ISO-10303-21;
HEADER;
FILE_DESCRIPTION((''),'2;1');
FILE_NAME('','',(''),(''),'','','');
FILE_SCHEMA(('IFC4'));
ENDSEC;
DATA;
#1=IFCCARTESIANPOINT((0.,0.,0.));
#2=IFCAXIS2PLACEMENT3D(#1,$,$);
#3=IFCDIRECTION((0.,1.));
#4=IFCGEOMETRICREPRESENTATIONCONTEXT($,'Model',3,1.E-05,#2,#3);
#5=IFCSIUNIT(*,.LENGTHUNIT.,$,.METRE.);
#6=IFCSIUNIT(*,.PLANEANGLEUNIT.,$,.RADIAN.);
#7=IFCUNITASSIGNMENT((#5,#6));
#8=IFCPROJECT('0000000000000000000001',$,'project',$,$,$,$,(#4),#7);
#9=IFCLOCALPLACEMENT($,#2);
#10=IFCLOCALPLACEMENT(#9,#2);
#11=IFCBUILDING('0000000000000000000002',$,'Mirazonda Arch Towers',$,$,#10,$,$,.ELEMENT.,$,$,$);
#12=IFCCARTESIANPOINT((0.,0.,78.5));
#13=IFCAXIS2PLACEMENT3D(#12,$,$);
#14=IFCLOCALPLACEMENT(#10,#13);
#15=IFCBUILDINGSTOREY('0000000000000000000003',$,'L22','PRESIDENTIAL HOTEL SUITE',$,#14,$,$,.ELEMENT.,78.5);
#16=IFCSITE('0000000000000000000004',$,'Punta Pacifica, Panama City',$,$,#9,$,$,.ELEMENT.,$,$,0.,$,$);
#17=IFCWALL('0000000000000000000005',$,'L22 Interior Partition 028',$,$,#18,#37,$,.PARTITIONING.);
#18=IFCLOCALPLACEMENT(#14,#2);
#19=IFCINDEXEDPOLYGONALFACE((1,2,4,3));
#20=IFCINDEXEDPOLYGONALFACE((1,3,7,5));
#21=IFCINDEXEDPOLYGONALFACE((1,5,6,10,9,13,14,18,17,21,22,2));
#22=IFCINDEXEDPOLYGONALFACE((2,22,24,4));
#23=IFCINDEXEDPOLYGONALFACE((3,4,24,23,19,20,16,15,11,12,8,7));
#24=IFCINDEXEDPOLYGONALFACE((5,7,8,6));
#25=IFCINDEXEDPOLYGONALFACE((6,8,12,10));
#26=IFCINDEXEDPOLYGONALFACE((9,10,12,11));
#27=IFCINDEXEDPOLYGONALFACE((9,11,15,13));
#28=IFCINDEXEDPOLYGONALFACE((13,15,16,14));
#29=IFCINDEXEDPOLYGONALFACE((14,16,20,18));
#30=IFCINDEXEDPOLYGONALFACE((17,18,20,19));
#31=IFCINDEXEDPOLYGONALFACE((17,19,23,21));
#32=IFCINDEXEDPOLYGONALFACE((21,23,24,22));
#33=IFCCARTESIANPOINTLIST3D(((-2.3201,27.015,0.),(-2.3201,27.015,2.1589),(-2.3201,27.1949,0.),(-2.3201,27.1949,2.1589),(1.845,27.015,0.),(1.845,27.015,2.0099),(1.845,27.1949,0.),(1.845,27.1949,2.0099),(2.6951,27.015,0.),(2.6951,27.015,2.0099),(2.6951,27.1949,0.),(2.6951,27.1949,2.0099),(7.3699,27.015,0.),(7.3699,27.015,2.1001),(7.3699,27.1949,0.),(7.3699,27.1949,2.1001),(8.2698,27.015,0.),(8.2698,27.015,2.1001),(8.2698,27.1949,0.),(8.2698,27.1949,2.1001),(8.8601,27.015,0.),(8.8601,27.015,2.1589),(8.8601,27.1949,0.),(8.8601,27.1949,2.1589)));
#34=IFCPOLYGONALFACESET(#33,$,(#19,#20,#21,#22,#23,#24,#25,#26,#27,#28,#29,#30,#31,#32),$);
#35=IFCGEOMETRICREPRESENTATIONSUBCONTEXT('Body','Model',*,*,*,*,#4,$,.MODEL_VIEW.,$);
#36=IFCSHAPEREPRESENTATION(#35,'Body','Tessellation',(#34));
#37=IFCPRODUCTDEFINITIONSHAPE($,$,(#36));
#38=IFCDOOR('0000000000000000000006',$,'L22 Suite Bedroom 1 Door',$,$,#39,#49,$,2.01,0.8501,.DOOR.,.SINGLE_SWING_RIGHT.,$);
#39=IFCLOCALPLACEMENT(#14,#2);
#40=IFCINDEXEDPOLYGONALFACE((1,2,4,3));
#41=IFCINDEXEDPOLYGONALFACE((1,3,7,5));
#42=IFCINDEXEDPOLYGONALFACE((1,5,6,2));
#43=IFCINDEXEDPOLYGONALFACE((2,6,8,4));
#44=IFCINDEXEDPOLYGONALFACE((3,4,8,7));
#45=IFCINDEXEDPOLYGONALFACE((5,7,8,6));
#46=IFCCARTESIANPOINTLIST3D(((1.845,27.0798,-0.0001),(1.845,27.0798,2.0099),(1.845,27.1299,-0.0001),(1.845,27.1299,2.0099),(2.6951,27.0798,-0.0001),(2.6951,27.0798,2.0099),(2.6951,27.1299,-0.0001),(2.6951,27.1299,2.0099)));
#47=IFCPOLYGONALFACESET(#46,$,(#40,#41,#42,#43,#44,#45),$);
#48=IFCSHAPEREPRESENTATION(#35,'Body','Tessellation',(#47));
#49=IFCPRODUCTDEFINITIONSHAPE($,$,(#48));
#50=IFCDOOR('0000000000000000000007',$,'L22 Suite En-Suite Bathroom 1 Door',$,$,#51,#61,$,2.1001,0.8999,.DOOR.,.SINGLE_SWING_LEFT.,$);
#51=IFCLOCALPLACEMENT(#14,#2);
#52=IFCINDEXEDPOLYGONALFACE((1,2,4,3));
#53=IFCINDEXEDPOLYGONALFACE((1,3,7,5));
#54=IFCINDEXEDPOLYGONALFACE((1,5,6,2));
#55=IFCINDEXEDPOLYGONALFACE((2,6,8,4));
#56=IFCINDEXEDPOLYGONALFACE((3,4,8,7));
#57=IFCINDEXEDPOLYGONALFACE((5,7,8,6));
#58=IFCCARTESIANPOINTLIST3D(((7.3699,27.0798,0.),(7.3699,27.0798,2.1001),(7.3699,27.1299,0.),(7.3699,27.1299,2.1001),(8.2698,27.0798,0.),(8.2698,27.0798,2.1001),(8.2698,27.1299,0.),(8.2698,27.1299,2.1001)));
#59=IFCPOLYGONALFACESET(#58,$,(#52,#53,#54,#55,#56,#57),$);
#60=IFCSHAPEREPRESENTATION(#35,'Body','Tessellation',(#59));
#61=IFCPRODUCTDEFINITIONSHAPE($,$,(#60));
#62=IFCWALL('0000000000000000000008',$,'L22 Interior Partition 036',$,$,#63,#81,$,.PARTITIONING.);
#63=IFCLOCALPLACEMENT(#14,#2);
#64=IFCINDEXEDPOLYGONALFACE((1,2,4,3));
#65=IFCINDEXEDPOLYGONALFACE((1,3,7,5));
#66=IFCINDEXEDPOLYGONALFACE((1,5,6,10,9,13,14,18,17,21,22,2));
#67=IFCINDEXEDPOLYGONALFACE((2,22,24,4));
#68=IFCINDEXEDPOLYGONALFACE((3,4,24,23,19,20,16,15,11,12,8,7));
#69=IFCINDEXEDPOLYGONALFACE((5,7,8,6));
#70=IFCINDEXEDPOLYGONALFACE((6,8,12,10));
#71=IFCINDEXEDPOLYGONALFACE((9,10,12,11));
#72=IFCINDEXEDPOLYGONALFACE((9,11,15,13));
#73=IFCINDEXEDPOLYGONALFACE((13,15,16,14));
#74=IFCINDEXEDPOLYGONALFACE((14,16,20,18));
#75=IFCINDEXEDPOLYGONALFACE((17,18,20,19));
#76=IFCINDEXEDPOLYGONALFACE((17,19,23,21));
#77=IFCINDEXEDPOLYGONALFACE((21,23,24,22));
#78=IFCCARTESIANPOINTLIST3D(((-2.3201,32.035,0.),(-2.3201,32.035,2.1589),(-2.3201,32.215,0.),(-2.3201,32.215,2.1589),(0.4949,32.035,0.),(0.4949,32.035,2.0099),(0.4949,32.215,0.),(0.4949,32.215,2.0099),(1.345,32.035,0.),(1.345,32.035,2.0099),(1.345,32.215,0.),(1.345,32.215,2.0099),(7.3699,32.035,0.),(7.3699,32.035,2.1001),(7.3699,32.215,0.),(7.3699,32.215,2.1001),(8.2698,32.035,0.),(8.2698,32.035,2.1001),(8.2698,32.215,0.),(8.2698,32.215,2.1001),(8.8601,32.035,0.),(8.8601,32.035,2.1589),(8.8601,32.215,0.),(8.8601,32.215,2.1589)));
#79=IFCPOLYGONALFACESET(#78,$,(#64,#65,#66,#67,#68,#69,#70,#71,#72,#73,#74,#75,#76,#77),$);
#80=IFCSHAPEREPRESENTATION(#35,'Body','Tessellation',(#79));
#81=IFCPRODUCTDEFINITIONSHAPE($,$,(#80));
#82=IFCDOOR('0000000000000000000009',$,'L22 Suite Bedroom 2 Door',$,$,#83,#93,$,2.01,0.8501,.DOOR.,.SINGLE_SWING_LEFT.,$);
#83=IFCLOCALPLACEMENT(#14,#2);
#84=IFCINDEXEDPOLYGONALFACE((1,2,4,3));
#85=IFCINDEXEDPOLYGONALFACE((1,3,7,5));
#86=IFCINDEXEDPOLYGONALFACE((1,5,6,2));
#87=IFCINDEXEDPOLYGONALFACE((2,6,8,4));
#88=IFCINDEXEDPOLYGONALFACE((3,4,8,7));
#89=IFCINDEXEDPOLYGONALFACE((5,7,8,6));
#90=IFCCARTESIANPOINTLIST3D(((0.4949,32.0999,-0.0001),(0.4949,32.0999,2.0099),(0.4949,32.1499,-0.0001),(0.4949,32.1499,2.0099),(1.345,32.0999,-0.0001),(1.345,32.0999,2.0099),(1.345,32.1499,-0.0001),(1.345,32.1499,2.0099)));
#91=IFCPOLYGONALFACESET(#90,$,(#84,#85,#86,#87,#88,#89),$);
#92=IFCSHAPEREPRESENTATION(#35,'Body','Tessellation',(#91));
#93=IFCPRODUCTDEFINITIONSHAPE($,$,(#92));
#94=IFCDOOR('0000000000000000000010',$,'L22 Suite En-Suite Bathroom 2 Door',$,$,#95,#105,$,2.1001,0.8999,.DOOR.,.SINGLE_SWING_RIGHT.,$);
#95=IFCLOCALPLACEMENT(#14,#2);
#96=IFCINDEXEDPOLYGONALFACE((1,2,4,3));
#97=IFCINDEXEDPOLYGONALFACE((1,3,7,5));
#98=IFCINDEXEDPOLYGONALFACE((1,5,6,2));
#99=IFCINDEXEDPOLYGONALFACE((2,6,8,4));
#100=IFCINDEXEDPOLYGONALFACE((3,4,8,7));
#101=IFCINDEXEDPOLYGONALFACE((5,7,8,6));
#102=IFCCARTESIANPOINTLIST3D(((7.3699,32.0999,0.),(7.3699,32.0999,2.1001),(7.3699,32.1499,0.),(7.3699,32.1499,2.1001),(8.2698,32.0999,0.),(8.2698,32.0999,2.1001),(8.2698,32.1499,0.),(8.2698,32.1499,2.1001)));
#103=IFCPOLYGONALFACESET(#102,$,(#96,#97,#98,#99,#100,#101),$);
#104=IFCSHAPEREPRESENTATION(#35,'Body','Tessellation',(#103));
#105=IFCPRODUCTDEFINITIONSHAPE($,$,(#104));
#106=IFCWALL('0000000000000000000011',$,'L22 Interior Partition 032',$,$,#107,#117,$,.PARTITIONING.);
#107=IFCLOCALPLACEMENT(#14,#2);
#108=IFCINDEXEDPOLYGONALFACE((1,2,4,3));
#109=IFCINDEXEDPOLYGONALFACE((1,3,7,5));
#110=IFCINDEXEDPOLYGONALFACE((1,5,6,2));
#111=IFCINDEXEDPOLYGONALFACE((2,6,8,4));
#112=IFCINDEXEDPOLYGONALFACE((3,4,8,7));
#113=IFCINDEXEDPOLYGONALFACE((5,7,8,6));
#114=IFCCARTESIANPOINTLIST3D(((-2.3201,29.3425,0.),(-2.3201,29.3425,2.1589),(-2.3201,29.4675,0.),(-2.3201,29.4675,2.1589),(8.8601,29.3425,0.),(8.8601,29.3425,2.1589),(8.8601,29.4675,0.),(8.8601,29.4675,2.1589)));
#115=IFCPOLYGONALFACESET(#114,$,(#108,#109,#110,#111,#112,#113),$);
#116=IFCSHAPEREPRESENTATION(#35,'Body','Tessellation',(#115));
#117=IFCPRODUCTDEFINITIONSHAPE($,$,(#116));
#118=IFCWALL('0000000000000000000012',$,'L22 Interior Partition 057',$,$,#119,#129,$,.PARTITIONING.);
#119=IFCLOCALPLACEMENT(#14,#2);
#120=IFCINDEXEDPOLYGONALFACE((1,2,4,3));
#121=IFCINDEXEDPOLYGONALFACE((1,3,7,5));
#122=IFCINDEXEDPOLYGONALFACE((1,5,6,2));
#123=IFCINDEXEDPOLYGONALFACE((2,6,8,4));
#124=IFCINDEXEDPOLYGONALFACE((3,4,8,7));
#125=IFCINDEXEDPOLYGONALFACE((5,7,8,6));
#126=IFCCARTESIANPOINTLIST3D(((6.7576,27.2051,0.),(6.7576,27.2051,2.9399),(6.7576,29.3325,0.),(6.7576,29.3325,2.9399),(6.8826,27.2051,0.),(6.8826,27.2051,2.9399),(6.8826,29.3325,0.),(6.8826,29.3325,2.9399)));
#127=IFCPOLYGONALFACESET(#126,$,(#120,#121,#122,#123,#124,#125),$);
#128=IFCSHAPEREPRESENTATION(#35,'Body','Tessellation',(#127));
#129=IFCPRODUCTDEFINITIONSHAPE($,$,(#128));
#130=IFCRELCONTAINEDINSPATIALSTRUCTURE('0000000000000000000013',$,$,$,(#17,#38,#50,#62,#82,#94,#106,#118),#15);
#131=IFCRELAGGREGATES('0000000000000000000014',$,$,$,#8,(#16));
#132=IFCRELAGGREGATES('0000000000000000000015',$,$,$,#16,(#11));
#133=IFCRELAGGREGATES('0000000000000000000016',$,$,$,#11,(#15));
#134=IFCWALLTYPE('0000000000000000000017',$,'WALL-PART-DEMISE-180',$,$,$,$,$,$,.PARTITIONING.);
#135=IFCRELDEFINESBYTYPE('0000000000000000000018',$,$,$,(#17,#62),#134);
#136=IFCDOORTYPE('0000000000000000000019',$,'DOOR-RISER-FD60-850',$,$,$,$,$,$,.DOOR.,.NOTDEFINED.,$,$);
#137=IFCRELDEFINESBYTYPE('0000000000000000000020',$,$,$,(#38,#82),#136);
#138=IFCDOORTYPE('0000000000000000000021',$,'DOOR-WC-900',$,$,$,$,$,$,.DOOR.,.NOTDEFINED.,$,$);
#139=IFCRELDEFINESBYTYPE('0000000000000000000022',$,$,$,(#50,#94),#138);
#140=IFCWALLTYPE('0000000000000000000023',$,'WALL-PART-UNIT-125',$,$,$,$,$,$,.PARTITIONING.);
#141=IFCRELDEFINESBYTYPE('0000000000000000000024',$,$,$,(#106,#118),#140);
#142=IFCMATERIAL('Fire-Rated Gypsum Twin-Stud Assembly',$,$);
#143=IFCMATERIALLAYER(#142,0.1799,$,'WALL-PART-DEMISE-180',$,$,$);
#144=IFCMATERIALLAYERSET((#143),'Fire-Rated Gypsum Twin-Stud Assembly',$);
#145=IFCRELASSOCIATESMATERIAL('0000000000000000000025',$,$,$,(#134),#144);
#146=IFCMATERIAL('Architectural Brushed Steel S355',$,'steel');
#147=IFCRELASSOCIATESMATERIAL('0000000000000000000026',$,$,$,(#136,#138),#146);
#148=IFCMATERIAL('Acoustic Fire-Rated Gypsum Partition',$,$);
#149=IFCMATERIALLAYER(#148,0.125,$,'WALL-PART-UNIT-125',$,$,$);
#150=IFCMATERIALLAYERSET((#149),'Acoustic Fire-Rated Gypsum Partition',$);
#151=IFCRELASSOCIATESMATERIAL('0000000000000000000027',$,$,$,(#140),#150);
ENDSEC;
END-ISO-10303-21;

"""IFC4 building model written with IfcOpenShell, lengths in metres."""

from ifc_helpers import new_model, si_unit, direction, frame, frame_2d, origin, place, context, subcontext, project, spatial, rectangle, extrude, material, layer, layer_set, type_object, element, fill, save


model = new_model("IFC4")

# Units and contexts
model_context = context("Model", 3, precision=1e-05, world=origin(), true_north=direction((0.0, 1.0)))
body_context = subcontext(model_context, "Body", "Model", "MODEL_VIEW")
ifc_project = project(units=[si_unit("LENGTHUNIT", "METRE"), si_unit("PLANEANGLEUNIT", "RADIAN")], contexts=[model_context])

# Site, building, storey
site_placement = place(None, origin())
site = spatial("IfcSite", under=ifc_project, at=site_placement, Name="Punta Pacifica, Panama City", CompositionType="ELEMENT", RefElevation=0.0)
building_placement = place(site_placement, origin())
building = spatial("IfcBuilding", under=site, at=building_placement, Name="Mirazonda Arch Towers", CompositionType="ELEMENT")
storey_placement = place(building_placement, frame((0.0, 0.0, 78.5)))
storey = spatial("IfcBuildingStorey", under=building, at=storey_placement, Name="L22", Description="PRESIDENTIAL HOTEL SUITE", CompositionType="ELEMENT", Elevation=78.5)

# Walls, openings, doors
ifc_material_1 = material(Name="Fire-Rated Gypsum Twin-Stud Assembly")
ifc_layer_1 = layer(ifc_material_1, 0.1799, Name="WALL-PART-DEMISE-180")
ifc_layer_set_1 = layer_set([ifc_layer_1], Name="Fire-Rated Gypsum Twin-Stud Assembly")
wall_type_1 = type_object("IfcWallType", Name="WALL-PART-DEMISE-180", PredefinedType="PARTITIONING", material=ifc_layer_set_1)
wall_1_placement = place(storey_placement, frame((-2.3201, 27.105, 0.0), z_axis=(0.0, 0.0, 1.0), x_axis=(1.0, 0.0, 0.0)))
wall_1 = element("IfcWall", 1, at=wall_1_placement, inside=storey, type_object=wall_type_1, Name="L22 Interior Partition 028", PredefinedType="PARTITIONING", context=body_context, shape_type="SweptSolid", body=[
    extrude(rectangle(XDim=11.1802, YDim=0.1799, at=frame_2d((5.5901, 0.0))), origin(), (0.0, 0.0, 1.0), 2.1589),
])
opening_1_placement = place(wall_1_placement, frame((4.165, 0.0, 0.0)))
opening_1 = element("IfcOpeningElement", 2, at=opening_1_placement, cuts=wall_1, PredefinedType="OPENING", context=body_context, shape_type="SweptSolid", body=[
    extrude(rectangle(XDim=0.8501, YDim=2.01, at=frame_2d((0.425, 1.0049))), frame((0.0, 0.0999, 0.0), z_axis=(0.0, -1.0, 0.0), x_axis=(1.0, 0.0, 0.0)), (0.0, 0.0, 1.0), 0.2),
])
opening_2_placement = place(wall_1_placement, frame((9.6899, 0.0, 0.0)))
opening_2 = element("IfcOpeningElement", 3, at=opening_2_placement, cuts=wall_1, PredefinedType="OPENING", context=body_context, shape_type="SweptSolid", body=[
    extrude(rectangle(XDim=0.8999, YDim=2.1001, at=frame_2d((0.45, 1.05))), frame((0.0, 0.0999, 0.0), z_axis=(0.0, -1.0, 0.0), x_axis=(1.0, 0.0, 0.0)), (0.0, 0.0, 1.0), 0.2),
])
ifc_material_2 = material(Name="Architectural Brushed Steel S355", Category="steel")
door_type_1 = type_object("IfcDoorType", Name="DOOR-RISER-FD60-850", OperationType="NOTDEFINED", PredefinedType="DOOR", material=ifc_material_2)
door_1_placement = place(opening_1_placement, origin())
door_1 = element("IfcDoor", 4, at=door_1_placement, inside=storey, type_object=door_type_1, Name="L22 Suite Bedroom 1 Door", OperationType="SINGLE_SWING_RIGHT", OverallHeight=2.01, OverallWidth=0.8501, PredefinedType="DOOR", context=body_context, shape_type="SweptSolid", body=[
    extrude(rectangle(XDim=0.8501, YDim=2.01, at=frame_2d((0.425, 1.0049))), frame((0.0, 0.0249, 0.0), z_axis=(0.0, -1.0, 0.0), x_axis=(1.0, 0.0, 0.0)), (0.0, 0.0, 1.0), 0.05),
])
fill(opening_1, door_1)
door_type_2 = type_object("IfcDoorType", Name="DOOR-WC-900", OperationType="NOTDEFINED", PredefinedType="DOOR", material=ifc_material_2)
door_2_placement = place(opening_2_placement, origin())
door_2 = element("IfcDoor", 5, at=door_2_placement, inside=storey, type_object=door_type_2, Name="L22 Suite En-Suite Bathroom 1 Door", OperationType="SINGLE_SWING_LEFT", OverallHeight=2.1001, OverallWidth=0.8999, PredefinedType="DOOR", context=body_context, shape_type="SweptSolid", body=[
    extrude(rectangle(XDim=0.8999, YDim=2.1001, at=frame_2d((0.45, 1.05))), frame((0.0, 0.0249, 0.0), z_axis=(0.0, -1.0, 0.0), x_axis=(1.0, 0.0, 0.0)), (0.0, 0.0, 1.0), 0.05),
])
fill(opening_2, door_2)
wall_2_placement = place(storey_placement, frame((-2.3201, 32.125, 0.0), z_axis=(0.0, 0.0, 1.0), x_axis=(1.0, 0.0, 0.0)))
wall_2 = element("IfcWall", 6, at=wall_2_placement, inside=storey, type_object=wall_type_1, Name="L22 Interior Partition 036", PredefinedType="PARTITIONING", context=body_context, shape_type="SweptSolid", body=[
    extrude(rectangle(XDim=11.1802, YDim=0.1799, at=frame_2d((5.5901, 0.0))), origin(), (0.0, 0.0, 1.0), 2.1589),
])
opening_3_placement = place(wall_2_placement, frame((2.8149, 0.0, 0.0)))
opening_3 = element("IfcOpeningElement", 7, at=opening_3_placement, cuts=wall_2, PredefinedType="OPENING", context=body_context, shape_type="SweptSolid", body=[
    extrude(rectangle(XDim=0.8501, YDim=2.01, at=frame_2d((0.425, 1.0049))), frame((0.0, 0.0999, 0.0), z_axis=(0.0, -1.0, 0.0), x_axis=(1.0, 0.0, 0.0)), (0.0, 0.0, 1.0), 0.2),
])
opening_4_placement = place(wall_2_placement, frame((9.6899, 0.0, 0.0)))
opening_4 = element("IfcOpeningElement", 8, at=opening_4_placement, cuts=wall_2, PredefinedType="OPENING", context=body_context, shape_type="SweptSolid", body=[
    extrude(rectangle(XDim=0.8999, YDim=2.1001, at=frame_2d((0.45, 1.05))), frame((0.0, 0.0999, 0.0), z_axis=(0.0, -1.0, 0.0), x_axis=(1.0, 0.0, 0.0)), (0.0, 0.0, 1.0), 0.2),
])
door_3_placement = place(opening_3_placement, origin())
door_3 = element("IfcDoor", 9, at=door_3_placement, inside=storey, type_object=door_type_1, Name="L22 Suite Bedroom 2 Door", OperationType="SINGLE_SWING_LEFT", OverallHeight=2.01, OverallWidth=0.8501, PredefinedType="DOOR", context=body_context, shape_type="SweptSolid", body=[
    extrude(rectangle(XDim=0.8501, YDim=2.01, at=frame_2d((0.425, 1.0049))), frame((0.0, 0.0249, 0.0), z_axis=(0.0, -1.0, 0.0), x_axis=(1.0, 0.0, 0.0)), (0.0, 0.0, 1.0), 0.05),
])
fill(opening_3, door_3)
door_4_placement = place(opening_4_placement, origin())
door_4 = element("IfcDoor", 10, at=door_4_placement, inside=storey, type_object=door_type_2, Name="L22 Suite En-Suite Bathroom 2 Door", OperationType="SINGLE_SWING_RIGHT", OverallHeight=2.1001, OverallWidth=0.8999, PredefinedType="DOOR", context=body_context, shape_type="SweptSolid", body=[
    extrude(rectangle(XDim=0.8999, YDim=2.1001, at=frame_2d((0.45, 1.05))), frame((0.0, 0.0249, 0.0), z_axis=(0.0, -1.0, 0.0), x_axis=(1.0, 0.0, 0.0)), (0.0, 0.0, 1.0), 0.05),
])
fill(opening_4, door_4)

# Walls
ifc_material_3 = material(Name="Acoustic Fire-Rated Gypsum Partition")
ifc_layer_2 = layer(ifc_material_3, 0.125, Name="WALL-PART-UNIT-125")
ifc_layer_set_2 = layer_set([ifc_layer_2], Name="Acoustic Fire-Rated Gypsum Partition")
wall_type_2 = type_object("IfcWallType", Name="WALL-PART-UNIT-125", PredefinedType="PARTITIONING", material=ifc_layer_set_2)
wall_3_placement = place(storey_placement, frame((-2.3201, 29.405, 0.0), z_axis=(0.0, 0.0, 1.0), x_axis=(1.0, 0.0, 0.0)))
element("IfcWall", 11, at=wall_3_placement, inside=storey, type_object=wall_type_2, Name="L22 Interior Partition 032", PredefinedType="PARTITIONING", context=body_context, shape_type="SweptSolid", body=[
    extrude(rectangle(XDim=11.1802, YDim=0.125, at=frame_2d((5.5901, 0.0))), origin(), (0.0, 0.0, 1.0), 2.1589),
])
wall_4_placement = place(storey_placement, frame((6.8201, 27.2051, 0.0), z_axis=(0.0, 0.0, 1.0), x_axis=(0.0, 1.0, 0.0)))
element("IfcWall", 12, at=wall_4_placement, inside=storey, type_object=wall_type_2, Name="L22 Interior Partition 057", PredefinedType="PARTITIONING", context=body_context, shape_type="SweptSolid", body=[
    extrude(rectangle(XDim=2.1274, YDim=0.125, at=frame_2d((1.0637, 0.0))), origin(), (0.0, 0.0, 1.0), 2.9399),
])

save(model, "model.ifc")
